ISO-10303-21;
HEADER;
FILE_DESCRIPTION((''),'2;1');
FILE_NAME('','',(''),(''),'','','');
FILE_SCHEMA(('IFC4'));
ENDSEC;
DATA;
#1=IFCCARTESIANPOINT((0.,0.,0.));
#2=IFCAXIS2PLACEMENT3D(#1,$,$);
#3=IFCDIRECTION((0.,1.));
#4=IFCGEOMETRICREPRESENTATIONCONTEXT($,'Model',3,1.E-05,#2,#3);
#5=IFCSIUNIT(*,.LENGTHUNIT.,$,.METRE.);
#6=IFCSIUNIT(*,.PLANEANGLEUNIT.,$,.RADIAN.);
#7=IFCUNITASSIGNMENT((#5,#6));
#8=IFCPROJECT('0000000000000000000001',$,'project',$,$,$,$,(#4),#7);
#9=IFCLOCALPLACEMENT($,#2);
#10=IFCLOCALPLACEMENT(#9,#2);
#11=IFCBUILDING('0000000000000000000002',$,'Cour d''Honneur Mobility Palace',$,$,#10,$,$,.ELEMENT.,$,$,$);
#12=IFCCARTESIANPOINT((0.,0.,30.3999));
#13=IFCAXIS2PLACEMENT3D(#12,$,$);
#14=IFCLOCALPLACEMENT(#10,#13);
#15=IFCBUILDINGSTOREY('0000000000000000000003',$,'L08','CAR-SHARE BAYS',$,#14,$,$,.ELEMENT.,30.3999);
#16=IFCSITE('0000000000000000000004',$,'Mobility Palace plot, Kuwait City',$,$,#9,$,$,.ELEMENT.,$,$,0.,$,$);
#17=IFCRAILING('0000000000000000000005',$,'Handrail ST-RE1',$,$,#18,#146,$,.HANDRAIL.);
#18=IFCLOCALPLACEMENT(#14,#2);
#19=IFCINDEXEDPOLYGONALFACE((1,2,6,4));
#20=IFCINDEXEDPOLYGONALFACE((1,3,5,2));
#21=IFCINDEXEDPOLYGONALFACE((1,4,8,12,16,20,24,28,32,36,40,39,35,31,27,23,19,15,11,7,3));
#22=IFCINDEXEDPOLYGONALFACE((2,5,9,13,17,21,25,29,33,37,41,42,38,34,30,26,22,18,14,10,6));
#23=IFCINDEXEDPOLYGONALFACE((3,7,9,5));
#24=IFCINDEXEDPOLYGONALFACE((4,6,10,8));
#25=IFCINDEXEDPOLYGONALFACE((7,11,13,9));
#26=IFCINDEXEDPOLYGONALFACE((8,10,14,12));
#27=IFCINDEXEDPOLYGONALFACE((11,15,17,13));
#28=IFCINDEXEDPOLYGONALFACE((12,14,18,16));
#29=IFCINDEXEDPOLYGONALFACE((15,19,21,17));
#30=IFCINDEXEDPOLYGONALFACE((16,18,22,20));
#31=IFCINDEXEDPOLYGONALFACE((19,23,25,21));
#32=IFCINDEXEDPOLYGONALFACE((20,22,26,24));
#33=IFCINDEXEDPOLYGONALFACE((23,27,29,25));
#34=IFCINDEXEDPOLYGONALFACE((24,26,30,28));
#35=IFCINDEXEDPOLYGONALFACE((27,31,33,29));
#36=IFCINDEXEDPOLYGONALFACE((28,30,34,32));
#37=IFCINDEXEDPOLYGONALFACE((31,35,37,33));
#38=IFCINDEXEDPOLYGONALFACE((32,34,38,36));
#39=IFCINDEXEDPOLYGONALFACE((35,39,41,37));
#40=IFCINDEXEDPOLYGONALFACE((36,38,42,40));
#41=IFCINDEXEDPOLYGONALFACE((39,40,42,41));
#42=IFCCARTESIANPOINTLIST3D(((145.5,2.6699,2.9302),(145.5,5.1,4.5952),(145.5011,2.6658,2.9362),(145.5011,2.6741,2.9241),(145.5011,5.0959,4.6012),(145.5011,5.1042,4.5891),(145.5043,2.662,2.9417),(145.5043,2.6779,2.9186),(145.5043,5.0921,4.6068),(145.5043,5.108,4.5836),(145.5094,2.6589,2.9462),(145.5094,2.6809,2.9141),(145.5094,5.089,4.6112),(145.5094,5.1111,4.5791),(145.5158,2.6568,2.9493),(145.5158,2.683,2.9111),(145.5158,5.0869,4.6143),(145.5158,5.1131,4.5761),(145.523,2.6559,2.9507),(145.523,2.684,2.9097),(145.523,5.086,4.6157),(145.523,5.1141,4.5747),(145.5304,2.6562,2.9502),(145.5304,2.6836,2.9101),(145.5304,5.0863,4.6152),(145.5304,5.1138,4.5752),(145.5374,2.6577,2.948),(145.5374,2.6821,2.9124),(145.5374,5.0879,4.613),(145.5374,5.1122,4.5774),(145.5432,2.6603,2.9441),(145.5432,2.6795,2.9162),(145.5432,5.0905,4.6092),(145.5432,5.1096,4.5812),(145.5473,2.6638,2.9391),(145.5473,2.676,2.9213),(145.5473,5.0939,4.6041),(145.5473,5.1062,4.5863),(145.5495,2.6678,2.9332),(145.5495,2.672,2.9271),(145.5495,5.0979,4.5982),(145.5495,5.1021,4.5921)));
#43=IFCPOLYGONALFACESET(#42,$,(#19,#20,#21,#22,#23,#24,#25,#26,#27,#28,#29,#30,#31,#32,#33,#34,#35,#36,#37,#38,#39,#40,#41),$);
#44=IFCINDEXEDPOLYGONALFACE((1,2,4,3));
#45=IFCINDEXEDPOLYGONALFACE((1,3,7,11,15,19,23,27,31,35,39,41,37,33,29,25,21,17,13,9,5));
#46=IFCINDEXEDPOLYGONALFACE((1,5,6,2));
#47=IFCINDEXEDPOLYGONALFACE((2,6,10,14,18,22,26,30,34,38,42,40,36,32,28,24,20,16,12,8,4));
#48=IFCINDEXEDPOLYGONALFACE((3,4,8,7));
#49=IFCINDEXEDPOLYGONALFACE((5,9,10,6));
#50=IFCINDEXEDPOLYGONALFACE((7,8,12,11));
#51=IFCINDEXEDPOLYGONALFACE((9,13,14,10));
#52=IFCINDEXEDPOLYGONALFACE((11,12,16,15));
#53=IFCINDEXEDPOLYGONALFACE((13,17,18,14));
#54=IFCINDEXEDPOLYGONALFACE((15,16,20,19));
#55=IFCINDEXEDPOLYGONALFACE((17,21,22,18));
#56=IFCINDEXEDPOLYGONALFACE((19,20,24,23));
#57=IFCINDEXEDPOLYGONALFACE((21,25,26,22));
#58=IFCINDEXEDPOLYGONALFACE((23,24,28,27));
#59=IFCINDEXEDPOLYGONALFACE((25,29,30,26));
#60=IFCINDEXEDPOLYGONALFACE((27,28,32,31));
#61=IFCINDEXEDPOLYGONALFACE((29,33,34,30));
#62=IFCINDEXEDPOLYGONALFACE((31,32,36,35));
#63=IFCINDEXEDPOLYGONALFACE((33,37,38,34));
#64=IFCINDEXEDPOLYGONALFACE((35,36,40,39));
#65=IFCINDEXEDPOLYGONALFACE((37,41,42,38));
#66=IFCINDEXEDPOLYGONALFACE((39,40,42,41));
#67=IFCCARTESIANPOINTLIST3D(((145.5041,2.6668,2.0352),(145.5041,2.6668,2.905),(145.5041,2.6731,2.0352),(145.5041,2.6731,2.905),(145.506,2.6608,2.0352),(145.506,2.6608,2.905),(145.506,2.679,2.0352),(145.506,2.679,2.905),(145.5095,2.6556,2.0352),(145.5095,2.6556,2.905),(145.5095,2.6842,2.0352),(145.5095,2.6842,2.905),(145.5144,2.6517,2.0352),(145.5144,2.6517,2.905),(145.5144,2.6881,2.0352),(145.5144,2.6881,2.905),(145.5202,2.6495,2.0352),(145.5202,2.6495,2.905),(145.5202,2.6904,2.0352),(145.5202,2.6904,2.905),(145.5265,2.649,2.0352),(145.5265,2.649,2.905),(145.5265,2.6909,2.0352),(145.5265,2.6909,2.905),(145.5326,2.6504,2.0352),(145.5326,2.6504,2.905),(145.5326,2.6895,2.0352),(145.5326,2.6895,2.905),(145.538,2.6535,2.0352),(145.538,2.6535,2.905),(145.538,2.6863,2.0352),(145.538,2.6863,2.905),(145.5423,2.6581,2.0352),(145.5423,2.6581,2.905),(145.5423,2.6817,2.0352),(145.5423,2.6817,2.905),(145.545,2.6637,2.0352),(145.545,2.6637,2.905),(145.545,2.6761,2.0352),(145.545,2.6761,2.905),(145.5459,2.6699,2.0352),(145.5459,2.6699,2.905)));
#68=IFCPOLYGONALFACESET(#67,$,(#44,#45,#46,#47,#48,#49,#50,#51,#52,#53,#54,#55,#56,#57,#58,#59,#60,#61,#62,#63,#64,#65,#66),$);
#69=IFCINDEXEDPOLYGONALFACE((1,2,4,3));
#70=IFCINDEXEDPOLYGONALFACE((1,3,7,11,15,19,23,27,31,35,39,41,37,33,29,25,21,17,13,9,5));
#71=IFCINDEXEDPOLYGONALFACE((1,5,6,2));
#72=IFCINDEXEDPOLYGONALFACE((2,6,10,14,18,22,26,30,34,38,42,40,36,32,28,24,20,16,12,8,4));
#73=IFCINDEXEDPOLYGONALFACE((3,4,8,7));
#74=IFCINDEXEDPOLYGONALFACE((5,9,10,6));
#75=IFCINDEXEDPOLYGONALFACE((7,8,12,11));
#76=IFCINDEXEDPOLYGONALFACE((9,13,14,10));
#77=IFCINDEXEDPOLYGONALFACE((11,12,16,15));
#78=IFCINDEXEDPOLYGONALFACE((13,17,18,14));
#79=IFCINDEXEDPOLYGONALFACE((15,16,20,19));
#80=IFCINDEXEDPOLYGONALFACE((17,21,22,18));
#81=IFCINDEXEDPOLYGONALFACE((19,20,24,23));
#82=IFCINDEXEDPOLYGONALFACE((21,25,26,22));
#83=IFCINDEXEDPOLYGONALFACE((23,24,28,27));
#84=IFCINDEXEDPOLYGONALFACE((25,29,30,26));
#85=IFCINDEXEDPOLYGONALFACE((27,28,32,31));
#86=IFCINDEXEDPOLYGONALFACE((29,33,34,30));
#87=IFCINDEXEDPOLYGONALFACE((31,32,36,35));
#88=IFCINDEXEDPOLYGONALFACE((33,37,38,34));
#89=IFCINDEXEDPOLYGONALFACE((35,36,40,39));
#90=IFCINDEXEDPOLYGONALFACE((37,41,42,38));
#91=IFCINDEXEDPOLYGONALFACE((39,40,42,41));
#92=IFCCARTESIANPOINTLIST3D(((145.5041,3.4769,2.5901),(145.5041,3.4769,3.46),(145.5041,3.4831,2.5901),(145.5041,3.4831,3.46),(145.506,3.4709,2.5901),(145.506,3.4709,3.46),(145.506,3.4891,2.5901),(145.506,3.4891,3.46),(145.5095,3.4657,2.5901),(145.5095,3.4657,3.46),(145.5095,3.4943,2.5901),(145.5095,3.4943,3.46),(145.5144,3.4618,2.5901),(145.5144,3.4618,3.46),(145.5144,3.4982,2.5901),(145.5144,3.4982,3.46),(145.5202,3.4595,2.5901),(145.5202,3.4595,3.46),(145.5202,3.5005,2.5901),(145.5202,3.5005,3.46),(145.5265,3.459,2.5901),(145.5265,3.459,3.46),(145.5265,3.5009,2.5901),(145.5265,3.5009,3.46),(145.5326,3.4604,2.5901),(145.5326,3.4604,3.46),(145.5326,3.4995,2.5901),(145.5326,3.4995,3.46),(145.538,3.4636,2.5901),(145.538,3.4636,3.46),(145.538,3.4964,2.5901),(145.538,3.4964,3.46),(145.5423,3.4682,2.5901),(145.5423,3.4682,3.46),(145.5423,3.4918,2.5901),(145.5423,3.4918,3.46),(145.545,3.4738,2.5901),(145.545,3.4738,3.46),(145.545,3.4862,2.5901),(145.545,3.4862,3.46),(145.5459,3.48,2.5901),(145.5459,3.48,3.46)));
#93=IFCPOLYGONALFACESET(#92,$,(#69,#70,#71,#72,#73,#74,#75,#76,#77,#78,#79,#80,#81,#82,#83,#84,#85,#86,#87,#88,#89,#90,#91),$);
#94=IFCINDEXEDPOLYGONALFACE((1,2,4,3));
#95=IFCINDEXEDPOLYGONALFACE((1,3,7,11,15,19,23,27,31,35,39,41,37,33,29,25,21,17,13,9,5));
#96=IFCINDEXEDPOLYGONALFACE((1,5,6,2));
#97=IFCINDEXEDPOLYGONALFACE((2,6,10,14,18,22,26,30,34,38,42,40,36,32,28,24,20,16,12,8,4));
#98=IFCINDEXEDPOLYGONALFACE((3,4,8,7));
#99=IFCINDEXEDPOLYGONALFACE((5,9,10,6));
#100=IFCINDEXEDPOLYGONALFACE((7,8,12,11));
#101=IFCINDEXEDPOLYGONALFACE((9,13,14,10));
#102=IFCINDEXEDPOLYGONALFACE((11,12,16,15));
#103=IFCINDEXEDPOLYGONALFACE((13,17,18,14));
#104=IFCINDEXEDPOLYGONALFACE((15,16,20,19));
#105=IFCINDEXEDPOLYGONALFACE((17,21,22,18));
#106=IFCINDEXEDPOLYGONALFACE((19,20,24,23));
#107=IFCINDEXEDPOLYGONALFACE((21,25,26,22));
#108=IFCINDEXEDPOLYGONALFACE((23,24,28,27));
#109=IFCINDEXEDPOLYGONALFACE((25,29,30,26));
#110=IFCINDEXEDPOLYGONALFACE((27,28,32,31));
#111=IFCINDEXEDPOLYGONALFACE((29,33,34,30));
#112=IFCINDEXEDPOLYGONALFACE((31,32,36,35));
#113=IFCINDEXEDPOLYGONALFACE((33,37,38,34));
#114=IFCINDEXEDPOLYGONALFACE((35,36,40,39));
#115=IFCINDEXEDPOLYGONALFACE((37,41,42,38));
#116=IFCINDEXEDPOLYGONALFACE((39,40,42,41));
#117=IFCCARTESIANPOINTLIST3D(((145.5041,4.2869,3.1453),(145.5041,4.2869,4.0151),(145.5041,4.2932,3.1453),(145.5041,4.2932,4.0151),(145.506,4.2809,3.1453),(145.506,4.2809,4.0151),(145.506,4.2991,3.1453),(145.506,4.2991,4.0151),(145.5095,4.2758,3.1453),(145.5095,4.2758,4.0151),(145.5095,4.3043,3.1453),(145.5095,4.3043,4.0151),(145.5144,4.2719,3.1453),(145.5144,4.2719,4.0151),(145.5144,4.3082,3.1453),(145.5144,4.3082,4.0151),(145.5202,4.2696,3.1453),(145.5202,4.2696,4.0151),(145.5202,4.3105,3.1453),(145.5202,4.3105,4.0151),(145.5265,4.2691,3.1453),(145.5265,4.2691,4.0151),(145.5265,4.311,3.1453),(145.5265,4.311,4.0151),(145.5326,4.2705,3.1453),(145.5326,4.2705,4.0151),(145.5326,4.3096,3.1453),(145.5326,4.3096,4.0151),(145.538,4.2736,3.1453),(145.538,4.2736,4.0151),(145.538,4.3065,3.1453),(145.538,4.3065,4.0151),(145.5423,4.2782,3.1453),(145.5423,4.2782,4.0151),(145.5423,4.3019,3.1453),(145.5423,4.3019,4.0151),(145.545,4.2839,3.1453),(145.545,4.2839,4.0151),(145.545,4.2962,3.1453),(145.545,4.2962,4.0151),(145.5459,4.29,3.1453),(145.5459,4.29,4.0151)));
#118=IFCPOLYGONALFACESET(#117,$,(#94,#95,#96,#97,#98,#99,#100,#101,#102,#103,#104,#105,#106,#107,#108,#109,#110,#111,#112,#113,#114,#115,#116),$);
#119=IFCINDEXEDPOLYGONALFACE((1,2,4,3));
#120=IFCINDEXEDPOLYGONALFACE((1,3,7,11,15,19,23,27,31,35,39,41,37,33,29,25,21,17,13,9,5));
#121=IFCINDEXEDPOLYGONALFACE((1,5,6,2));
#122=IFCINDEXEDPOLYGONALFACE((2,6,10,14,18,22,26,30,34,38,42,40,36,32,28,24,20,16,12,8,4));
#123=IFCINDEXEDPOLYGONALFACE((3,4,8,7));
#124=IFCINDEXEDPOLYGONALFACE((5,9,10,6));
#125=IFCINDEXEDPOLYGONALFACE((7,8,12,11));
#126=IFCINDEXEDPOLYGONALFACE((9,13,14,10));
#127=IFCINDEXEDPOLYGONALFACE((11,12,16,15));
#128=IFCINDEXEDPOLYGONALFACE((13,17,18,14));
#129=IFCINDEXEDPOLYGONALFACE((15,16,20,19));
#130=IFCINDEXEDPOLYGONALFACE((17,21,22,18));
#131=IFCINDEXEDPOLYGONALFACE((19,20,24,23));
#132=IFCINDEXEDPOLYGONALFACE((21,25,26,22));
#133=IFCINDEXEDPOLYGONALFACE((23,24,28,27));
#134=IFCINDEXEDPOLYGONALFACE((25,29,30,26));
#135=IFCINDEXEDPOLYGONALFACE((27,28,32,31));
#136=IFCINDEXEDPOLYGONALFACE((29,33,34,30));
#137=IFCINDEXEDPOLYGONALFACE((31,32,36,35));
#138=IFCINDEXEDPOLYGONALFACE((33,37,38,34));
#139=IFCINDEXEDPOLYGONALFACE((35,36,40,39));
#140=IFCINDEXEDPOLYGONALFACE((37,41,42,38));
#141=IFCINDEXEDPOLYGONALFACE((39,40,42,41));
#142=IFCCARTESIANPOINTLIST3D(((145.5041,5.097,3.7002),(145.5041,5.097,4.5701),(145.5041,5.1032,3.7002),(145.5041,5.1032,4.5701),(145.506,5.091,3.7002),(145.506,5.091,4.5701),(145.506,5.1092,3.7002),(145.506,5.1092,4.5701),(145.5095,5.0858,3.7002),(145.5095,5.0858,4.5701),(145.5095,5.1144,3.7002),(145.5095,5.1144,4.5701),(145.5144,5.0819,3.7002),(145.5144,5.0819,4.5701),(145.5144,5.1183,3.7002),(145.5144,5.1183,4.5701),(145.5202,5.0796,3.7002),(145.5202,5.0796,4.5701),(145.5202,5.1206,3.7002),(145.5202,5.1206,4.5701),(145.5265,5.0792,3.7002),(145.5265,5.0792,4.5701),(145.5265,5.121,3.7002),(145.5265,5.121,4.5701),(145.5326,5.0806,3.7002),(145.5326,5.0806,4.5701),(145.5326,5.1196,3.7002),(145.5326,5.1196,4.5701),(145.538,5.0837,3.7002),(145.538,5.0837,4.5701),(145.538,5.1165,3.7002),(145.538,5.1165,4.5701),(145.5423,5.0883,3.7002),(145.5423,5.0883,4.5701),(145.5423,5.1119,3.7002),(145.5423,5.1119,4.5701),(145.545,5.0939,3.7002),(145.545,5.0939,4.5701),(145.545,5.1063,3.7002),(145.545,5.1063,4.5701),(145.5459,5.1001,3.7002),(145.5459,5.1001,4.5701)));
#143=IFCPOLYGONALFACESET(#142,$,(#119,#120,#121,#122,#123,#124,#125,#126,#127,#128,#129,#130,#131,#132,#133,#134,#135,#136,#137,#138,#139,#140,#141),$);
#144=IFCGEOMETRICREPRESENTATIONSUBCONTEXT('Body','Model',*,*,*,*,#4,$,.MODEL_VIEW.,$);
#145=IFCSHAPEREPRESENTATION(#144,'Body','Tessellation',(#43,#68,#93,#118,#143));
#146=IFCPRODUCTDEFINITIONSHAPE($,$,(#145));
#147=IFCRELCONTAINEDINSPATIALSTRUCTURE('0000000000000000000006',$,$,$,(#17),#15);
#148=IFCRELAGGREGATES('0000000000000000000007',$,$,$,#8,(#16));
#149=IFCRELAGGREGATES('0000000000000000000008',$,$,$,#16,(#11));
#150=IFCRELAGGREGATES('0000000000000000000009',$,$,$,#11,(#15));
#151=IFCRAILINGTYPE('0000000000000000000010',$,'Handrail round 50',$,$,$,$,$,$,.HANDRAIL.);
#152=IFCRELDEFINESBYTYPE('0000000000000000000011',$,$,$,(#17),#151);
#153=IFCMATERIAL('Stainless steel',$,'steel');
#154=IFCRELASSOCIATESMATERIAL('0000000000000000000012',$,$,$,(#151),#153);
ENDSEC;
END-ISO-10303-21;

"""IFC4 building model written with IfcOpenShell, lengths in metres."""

from ifc_helpers import new_model, si_unit, direction, frame, origin, origin_2d, place, context, subcontext, project, spatial, circle, extrude, material, type_object, element, save


model = new_model("IFC4")

# Units and contexts
model_context = context("Model", 3, precision=1e-05, world=origin(), true_north=direction((0.0, 1.0)))
body_context = subcontext(model_context, "Body", "Model", "MODEL_VIEW")
ifc_project = project(units=[si_unit("LENGTHUNIT", "METRE"), si_unit("PLANEANGLEUNIT", "RADIAN")], contexts=[model_context])

# Site, building, storey
site_placement = place(None, origin())
site = spatial("IfcSite", under=ifc_project, at=site_placement, Name="Mobility Palace plot, Kuwait City", CompositionType="ELEMENT", RefElevation=0.0)
building_placement = place(site_placement, origin())
building = spatial("IfcBuilding", under=site, at=building_placement, Name="Cour d'Honneur Mobility Palace", CompositionType="ELEMENT")
storey_placement = place(building_placement, frame((0.0, 0.0, 30.3999)))
storey = spatial("IfcBuildingStorey", under=building, at=storey_placement, Name="L08", Description="CAR-SHARE BAYS", CompositionType="ELEMENT", Elevation=30.3999)

# Railing
ifc_material_1 = material(Name="Stainless steel", Category="steel")
railing_type_1 = type_object("IfcRailingType", Name="Handrail round 50", PredefinedType="HANDRAIL", material=ifc_material_1)
for number, where, name in (
    (1, (145.5249, 2.6699, 2.0352), "Handrail ST-RE1"),
):
    element("IfcRailing", number, at=place(storey_placement, frame(where)), inside=storey, type_object=railing_type_1, Name=name, PredefinedType="HANDRAIL", context=body_context, shape_type="SweptSolid", body=[
        extrude(circle(Radius=0.0249, at=origin_2d()), frame((0.0, 0.0, 0.895), z_axis=(0.0, 0.824945, 0.565213), x_axis=(-1.0, 0.0, 0.0)), (0.0, 0.0, 1.0), 2.9458),
        extrude(circle(Radius=0.021, at=origin_2d()), origin(), (0.0, 0.0, 1.0), 0.8699),
        extrude(circle(Radius=0.021, at=origin_2d()), frame((0.0, 0.8101, 0.5549)), (0.0, 0.0, 1.0), 0.8699),
        extrude(circle(Radius=0.021, at=origin_2d()), frame((0.0, 1.6201, 1.1101)), (0.0, 0.0, 1.0), 0.8699),
        extrude(circle(Radius=0.021, at=origin_2d()), frame((0.0, 2.4302, 1.665)), (0.0, 0.0, 1.0), 0.8699),
    ])

save(model, "model.ifc")
